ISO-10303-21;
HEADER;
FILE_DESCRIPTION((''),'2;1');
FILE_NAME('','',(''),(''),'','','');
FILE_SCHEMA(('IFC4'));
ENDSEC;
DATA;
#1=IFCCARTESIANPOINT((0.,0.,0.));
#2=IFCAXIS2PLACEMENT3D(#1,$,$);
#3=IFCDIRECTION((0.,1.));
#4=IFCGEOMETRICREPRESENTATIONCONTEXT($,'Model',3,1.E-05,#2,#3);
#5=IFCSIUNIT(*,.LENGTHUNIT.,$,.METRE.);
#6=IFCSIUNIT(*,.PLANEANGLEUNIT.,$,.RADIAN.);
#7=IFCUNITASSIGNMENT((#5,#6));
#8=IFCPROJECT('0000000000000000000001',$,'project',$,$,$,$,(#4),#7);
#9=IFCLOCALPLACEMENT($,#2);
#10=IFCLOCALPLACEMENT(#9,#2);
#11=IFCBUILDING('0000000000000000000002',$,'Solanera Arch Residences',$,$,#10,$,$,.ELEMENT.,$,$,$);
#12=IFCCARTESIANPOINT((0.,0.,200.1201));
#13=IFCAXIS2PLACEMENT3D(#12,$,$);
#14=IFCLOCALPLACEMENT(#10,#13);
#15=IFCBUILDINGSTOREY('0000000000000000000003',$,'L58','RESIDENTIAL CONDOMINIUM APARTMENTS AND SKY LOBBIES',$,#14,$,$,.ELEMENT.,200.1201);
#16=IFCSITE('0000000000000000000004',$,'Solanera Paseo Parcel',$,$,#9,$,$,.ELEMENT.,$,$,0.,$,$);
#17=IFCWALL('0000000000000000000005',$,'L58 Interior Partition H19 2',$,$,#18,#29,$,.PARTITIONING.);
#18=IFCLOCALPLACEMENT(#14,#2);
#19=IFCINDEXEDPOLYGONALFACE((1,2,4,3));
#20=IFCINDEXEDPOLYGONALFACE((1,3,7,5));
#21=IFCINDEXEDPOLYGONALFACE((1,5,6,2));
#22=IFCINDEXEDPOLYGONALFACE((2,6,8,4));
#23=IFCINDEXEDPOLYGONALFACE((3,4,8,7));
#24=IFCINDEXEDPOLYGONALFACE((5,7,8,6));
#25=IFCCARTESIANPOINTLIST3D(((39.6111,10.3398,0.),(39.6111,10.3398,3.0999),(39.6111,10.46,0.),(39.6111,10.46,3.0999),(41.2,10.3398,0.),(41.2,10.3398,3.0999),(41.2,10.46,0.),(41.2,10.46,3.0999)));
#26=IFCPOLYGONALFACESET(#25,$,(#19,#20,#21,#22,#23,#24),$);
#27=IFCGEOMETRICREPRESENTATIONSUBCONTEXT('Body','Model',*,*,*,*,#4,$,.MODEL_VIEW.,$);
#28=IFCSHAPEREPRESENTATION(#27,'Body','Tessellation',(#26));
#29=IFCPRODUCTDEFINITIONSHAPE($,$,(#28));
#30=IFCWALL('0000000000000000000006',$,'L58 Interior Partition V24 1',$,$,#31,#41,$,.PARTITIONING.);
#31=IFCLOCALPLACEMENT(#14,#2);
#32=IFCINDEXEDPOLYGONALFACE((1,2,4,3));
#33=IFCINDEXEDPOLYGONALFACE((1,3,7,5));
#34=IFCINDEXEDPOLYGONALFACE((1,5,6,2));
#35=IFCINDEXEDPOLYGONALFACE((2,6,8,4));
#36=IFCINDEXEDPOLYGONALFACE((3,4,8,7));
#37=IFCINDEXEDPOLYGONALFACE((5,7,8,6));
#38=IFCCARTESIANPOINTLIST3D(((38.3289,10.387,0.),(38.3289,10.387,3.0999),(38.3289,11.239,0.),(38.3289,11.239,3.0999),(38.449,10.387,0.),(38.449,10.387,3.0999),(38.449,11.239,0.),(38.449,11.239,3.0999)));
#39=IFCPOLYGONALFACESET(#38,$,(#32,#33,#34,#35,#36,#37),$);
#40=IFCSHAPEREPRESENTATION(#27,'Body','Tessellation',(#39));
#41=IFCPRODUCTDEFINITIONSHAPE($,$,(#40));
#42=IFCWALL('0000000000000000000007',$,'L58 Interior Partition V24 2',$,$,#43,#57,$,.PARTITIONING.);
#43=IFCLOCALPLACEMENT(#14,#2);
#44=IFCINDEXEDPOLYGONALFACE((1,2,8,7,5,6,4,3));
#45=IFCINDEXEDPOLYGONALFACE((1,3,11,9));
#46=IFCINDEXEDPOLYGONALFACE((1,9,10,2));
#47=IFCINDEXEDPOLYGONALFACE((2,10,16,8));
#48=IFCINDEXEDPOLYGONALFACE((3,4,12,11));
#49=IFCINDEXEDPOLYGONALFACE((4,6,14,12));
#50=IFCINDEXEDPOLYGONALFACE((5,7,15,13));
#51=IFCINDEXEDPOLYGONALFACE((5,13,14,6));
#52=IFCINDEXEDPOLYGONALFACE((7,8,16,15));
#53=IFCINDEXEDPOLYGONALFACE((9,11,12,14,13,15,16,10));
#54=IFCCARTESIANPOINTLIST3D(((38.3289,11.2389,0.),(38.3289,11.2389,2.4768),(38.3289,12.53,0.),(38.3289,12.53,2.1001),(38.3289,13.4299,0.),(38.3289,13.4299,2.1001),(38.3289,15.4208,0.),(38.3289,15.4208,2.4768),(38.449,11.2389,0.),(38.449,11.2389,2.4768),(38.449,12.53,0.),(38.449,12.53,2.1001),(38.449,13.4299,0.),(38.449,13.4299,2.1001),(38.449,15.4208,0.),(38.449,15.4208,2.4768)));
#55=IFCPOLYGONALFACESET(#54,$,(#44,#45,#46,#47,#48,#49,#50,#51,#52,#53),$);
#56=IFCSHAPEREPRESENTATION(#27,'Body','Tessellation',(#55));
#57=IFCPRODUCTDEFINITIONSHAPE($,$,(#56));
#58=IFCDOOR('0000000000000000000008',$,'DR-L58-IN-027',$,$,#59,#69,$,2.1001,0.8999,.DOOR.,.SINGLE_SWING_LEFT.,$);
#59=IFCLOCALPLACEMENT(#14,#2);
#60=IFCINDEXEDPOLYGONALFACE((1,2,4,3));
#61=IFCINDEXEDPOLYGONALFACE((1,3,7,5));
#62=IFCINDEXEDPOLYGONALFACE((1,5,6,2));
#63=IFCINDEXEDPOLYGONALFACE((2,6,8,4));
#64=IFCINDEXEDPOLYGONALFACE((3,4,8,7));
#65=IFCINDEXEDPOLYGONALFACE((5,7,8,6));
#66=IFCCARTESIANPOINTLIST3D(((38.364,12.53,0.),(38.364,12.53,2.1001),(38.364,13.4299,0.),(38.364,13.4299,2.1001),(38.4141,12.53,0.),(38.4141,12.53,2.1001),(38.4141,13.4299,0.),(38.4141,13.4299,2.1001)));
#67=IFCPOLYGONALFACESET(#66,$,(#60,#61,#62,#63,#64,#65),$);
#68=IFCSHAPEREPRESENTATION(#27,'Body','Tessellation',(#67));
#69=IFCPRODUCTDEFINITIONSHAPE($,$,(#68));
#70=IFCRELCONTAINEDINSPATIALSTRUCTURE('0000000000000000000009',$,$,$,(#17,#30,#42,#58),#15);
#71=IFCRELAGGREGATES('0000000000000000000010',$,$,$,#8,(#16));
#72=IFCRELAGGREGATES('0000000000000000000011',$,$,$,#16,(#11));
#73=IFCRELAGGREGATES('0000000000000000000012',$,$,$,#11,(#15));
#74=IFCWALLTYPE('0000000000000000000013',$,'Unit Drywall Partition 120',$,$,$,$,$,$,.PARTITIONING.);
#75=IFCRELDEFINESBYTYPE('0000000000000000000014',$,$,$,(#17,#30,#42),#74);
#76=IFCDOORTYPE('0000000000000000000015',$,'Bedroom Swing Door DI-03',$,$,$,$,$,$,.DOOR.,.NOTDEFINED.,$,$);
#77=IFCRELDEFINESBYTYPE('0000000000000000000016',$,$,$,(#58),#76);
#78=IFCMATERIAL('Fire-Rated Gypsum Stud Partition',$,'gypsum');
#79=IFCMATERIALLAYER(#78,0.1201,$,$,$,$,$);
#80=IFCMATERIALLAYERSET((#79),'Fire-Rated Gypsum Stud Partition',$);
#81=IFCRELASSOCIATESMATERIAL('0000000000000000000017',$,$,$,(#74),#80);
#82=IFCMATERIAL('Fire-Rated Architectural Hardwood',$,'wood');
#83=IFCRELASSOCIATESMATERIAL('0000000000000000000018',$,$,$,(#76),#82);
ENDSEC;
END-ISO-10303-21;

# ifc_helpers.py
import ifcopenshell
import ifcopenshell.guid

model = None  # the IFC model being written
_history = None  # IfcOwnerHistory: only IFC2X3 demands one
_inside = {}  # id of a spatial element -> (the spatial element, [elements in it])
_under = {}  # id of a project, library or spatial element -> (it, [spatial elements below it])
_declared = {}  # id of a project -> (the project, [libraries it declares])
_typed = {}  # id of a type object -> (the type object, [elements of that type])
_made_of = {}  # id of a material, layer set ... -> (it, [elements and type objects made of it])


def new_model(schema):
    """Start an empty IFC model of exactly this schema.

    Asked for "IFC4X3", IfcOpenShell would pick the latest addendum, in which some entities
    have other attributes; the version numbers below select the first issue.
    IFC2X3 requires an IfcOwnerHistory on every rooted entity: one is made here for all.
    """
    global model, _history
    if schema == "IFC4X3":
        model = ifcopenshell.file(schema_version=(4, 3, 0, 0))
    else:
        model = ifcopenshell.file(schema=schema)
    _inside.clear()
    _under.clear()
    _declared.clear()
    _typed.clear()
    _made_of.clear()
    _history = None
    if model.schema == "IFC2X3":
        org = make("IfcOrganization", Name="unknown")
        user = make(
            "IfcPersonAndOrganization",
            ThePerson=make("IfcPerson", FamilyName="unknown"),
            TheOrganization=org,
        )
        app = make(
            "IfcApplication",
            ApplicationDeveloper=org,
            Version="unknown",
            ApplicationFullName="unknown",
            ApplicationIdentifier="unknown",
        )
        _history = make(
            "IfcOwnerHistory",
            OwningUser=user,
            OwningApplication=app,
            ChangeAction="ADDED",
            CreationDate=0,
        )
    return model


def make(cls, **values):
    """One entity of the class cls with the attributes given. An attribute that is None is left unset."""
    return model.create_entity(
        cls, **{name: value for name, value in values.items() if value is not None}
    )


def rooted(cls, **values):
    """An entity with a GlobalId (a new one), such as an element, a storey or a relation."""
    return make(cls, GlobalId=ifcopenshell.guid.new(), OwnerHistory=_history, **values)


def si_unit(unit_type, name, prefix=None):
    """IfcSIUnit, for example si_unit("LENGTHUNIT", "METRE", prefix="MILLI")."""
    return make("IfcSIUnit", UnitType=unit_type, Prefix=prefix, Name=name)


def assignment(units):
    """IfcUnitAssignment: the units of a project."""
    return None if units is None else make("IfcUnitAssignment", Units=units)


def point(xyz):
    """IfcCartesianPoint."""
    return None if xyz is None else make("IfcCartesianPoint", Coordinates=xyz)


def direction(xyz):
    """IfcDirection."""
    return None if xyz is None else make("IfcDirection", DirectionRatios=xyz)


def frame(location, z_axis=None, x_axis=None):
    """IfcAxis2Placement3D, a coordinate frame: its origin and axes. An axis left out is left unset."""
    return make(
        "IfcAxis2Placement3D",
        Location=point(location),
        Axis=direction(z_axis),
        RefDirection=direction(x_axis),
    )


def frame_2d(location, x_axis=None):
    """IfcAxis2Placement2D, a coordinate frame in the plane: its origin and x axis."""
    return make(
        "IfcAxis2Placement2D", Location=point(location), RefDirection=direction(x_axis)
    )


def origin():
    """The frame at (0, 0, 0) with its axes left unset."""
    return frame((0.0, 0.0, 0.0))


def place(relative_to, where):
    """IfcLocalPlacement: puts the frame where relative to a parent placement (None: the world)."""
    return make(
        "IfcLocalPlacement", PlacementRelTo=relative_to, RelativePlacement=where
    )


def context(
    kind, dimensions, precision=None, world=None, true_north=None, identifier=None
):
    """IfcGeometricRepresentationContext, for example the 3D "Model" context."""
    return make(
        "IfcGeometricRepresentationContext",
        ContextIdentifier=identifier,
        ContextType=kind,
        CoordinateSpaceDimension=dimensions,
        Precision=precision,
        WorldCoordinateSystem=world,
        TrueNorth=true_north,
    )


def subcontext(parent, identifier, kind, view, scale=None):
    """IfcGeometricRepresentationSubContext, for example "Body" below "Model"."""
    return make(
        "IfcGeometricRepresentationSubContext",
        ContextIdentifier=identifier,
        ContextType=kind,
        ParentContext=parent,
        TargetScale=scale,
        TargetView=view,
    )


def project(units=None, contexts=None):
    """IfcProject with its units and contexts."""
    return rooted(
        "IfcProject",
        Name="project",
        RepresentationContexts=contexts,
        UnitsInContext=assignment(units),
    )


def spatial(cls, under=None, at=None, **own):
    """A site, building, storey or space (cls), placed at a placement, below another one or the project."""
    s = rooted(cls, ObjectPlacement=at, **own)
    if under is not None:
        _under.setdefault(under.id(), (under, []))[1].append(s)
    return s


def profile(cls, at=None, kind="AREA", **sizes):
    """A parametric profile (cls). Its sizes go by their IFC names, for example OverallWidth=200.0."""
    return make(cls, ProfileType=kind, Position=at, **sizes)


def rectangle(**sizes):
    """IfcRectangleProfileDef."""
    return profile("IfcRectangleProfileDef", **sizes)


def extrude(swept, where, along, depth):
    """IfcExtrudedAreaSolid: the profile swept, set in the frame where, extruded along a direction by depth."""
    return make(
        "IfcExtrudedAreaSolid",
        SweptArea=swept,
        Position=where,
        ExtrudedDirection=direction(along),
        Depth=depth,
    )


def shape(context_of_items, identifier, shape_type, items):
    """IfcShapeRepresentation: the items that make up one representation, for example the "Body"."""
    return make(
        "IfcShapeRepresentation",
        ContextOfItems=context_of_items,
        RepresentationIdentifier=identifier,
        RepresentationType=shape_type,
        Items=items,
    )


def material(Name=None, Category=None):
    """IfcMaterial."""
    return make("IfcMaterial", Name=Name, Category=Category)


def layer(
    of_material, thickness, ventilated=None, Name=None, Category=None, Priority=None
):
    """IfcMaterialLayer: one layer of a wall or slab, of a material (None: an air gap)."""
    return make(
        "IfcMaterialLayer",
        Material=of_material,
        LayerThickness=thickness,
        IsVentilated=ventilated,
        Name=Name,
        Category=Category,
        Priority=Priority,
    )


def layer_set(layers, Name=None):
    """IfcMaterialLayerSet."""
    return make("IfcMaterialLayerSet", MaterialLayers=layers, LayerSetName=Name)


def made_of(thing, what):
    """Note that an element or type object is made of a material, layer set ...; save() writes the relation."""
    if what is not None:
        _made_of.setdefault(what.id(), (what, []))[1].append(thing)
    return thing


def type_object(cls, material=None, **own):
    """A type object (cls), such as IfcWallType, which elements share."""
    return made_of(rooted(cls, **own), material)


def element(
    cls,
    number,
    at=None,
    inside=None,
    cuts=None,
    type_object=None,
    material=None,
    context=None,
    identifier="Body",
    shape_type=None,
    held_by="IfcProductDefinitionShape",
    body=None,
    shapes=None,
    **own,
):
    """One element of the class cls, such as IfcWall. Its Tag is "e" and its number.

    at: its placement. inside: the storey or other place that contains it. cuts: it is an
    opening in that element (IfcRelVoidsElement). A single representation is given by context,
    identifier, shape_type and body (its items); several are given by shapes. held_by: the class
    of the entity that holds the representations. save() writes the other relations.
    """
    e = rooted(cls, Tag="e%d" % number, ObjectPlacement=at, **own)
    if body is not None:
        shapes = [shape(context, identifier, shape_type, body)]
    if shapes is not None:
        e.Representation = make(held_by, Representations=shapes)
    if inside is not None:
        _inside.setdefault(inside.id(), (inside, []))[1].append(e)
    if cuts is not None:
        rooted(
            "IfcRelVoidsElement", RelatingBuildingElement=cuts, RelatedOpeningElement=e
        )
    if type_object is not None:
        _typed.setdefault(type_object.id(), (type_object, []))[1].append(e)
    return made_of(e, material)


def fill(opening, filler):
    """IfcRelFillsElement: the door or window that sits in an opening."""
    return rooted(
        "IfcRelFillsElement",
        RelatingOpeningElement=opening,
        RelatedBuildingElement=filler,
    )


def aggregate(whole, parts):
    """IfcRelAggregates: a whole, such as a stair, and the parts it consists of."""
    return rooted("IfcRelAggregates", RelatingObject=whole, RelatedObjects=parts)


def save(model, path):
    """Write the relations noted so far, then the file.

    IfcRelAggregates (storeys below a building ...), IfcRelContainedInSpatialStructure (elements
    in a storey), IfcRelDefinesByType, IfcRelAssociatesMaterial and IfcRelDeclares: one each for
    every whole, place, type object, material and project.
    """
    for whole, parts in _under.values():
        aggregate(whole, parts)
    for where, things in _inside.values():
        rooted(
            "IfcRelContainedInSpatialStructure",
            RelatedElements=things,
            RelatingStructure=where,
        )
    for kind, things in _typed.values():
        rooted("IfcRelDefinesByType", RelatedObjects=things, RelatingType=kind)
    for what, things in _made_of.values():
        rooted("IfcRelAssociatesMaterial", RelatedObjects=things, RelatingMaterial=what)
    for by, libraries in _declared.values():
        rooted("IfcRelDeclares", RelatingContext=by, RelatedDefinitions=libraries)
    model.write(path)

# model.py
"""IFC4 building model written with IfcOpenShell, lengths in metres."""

from ifc_helpers import new_model, si_unit, direction, frame, frame_2d, origin, place, context, subcontext, project, spatial, rectangle, extrude, material, layer, layer_set, type_object, element, fill, save


model = new_model("IFC4")

# Units and contexts
model_context = context("Model", 3, precision=1e-05, world=origin(), true_north=direction((0.0, 1.0)))
body_context = subcontext(model_context, "Body", "Model", "MODEL_VIEW")
ifc_project = project(units=[si_unit("LENGTHUNIT", "METRE"), si_unit("PLANEANGLEUNIT", "RADIAN")], contexts=[model_context])

# Site, building, storey
site_placement = place(None, origin())
site = spatial("IfcSite", under=ifc_project, at=site_placement, Name="Solanera Paseo Parcel", CompositionType="ELEMENT", RefElevation=0.0)
building_placement = place(site_placement, origin())
building = spatial("IfcBuilding", under=site, at=building_placement, Name="Solanera Arch Residences", CompositionType="ELEMENT")
storey_placement = place(building_placement, frame((0.0, 0.0, 200.1201)))
storey = spatial("IfcBuildingStorey", under=building, at=storey_placement, Name="L58", Description="RESIDENTIAL CONDOMINIUM APARTMENTS AND SKY LOBBIES", CompositionType="ELEMENT", Elevation=200.1201)

# Walls
ifc_material_1 = material(Name="Fire-Rated Gypsum Stud Partition", Category="gypsum")
ifc_layer_1 = layer(ifc_material_1, 0.1201)
ifc_layer_set_1 = layer_set([ifc_layer_1], Name="Fire-Rated Gypsum Stud Partition")
wall_type_1 = type_object("IfcWallType", Name="Unit Drywall Partition 120", PredefinedType="PARTITIONING", material=ifc_layer_set_1)
wall_1_placement = place(storey_placement, frame((39.6111, 10.3999, 0.0), z_axis=(0.0, 0.0, 1.0), x_axis=(1.0, 0.0, 0.0)))
element("IfcWall", 1, at=wall_1_placement, inside=storey, type_object=wall_type_1, Name="L58 Interior Partition H19 2", PredefinedType="PARTITIONING", context=body_context, shape_type="SweptSolid", body=[
    extrude(rectangle(XDim=1.5889, YDim=0.1201, at=frame_2d((0.7944, 0.0))), origin(), (0.0, 0.0, 1.0), 3.0999),
])
wall_2_placement = place(storey_placement, frame((38.3889, 10.387, 0.0), z_axis=(0.0, 0.0, 1.0), x_axis=(0.0, 1.0, 0.0)))
element("IfcWall", 2, at=wall_2_placement, inside=storey, type_object=wall_type_1, Name="L58 Interior Partition V24 1", PredefinedType="PARTITIONING", context=body_context, shape_type="SweptSolid", body=[
    extrude(rectangle(XDim=0.8521, YDim=0.1201, at=frame_2d((0.426, 0.0))), origin(), (0.0, 0.0, 1.0), 3.0999),
])

# Wall, opening, door
wall_3_placement = place(storey_placement, frame((38.3889, 11.239, 0.0), z_axis=(0.0, 0.0, 1.0), x_axis=(0.0, 1.0, 0.0)))
wall_3 = element("IfcWall", 3, at=wall_3_placement, inside=storey, type_object=wall_type_1, Name="L58 Interior Partition V24 2", PredefinedType="PARTITIONING", context=body_context, shape_type="SweptSolid", body=[
    extrude(rectangle(XDim=4.1819, YDim=0.1201, at=frame_2d((2.0908, 0.0))), origin(), (0.0, 0.0, 1.0), 2.4768),
])
opening_1_placement = place(wall_3_placement, frame((1.291, 0.0, 0.0)))
opening_1 = element("IfcOpeningElement", 4, at=opening_1_placement, cuts=wall_3, PredefinedType="OPENING", context=body_context, shape_type="SweptSolid", body=[
    extrude(rectangle(XDim=0.8999, YDim=2.1001, at=frame_2d((0.45, 1.05))), frame((0.0, 0.0701, 0.0), z_axis=(0.0, -1.0, 0.0), x_axis=(1.0, 0.0, 0.0)), (0.0, 0.0, 1.0), 0.1401),
])
ifc_material_2 = material(Name="Fire-Rated Architectural Hardwood", Category="wood")
door_type_1 = type_object("IfcDoorType", Name="Bedroom Swing Door DI-03", OperationType="NOTDEFINED", PredefinedType="DOOR", material=ifc_material_2)
door_1_placement = place(opening_1_placement, origin())
door_1 = element("IfcDoor", 5, at=door_1_placement, inside=storey, type_object=door_type_1, Name="DR-L58-IN-027", OperationType="SINGLE_SWING_LEFT", OverallHeight=2.1001, OverallWidth=0.8999, PredefinedType="DOOR", context=body_context, shape_type="SweptSolid", body=[
    extrude(rectangle(XDim=0.8999, YDim=2.1001, at=frame_2d((0.45, 1.05))), frame((0.0, 0.0249, 0.0), z_axis=(0.0, -1.0, 0.0), x_axis=(1.0, 0.0, 0.0)), (0.0, 0.0, 1.0), 0.05),
])
fill(opening_1, door_1)

save(model, "model.ifc")
